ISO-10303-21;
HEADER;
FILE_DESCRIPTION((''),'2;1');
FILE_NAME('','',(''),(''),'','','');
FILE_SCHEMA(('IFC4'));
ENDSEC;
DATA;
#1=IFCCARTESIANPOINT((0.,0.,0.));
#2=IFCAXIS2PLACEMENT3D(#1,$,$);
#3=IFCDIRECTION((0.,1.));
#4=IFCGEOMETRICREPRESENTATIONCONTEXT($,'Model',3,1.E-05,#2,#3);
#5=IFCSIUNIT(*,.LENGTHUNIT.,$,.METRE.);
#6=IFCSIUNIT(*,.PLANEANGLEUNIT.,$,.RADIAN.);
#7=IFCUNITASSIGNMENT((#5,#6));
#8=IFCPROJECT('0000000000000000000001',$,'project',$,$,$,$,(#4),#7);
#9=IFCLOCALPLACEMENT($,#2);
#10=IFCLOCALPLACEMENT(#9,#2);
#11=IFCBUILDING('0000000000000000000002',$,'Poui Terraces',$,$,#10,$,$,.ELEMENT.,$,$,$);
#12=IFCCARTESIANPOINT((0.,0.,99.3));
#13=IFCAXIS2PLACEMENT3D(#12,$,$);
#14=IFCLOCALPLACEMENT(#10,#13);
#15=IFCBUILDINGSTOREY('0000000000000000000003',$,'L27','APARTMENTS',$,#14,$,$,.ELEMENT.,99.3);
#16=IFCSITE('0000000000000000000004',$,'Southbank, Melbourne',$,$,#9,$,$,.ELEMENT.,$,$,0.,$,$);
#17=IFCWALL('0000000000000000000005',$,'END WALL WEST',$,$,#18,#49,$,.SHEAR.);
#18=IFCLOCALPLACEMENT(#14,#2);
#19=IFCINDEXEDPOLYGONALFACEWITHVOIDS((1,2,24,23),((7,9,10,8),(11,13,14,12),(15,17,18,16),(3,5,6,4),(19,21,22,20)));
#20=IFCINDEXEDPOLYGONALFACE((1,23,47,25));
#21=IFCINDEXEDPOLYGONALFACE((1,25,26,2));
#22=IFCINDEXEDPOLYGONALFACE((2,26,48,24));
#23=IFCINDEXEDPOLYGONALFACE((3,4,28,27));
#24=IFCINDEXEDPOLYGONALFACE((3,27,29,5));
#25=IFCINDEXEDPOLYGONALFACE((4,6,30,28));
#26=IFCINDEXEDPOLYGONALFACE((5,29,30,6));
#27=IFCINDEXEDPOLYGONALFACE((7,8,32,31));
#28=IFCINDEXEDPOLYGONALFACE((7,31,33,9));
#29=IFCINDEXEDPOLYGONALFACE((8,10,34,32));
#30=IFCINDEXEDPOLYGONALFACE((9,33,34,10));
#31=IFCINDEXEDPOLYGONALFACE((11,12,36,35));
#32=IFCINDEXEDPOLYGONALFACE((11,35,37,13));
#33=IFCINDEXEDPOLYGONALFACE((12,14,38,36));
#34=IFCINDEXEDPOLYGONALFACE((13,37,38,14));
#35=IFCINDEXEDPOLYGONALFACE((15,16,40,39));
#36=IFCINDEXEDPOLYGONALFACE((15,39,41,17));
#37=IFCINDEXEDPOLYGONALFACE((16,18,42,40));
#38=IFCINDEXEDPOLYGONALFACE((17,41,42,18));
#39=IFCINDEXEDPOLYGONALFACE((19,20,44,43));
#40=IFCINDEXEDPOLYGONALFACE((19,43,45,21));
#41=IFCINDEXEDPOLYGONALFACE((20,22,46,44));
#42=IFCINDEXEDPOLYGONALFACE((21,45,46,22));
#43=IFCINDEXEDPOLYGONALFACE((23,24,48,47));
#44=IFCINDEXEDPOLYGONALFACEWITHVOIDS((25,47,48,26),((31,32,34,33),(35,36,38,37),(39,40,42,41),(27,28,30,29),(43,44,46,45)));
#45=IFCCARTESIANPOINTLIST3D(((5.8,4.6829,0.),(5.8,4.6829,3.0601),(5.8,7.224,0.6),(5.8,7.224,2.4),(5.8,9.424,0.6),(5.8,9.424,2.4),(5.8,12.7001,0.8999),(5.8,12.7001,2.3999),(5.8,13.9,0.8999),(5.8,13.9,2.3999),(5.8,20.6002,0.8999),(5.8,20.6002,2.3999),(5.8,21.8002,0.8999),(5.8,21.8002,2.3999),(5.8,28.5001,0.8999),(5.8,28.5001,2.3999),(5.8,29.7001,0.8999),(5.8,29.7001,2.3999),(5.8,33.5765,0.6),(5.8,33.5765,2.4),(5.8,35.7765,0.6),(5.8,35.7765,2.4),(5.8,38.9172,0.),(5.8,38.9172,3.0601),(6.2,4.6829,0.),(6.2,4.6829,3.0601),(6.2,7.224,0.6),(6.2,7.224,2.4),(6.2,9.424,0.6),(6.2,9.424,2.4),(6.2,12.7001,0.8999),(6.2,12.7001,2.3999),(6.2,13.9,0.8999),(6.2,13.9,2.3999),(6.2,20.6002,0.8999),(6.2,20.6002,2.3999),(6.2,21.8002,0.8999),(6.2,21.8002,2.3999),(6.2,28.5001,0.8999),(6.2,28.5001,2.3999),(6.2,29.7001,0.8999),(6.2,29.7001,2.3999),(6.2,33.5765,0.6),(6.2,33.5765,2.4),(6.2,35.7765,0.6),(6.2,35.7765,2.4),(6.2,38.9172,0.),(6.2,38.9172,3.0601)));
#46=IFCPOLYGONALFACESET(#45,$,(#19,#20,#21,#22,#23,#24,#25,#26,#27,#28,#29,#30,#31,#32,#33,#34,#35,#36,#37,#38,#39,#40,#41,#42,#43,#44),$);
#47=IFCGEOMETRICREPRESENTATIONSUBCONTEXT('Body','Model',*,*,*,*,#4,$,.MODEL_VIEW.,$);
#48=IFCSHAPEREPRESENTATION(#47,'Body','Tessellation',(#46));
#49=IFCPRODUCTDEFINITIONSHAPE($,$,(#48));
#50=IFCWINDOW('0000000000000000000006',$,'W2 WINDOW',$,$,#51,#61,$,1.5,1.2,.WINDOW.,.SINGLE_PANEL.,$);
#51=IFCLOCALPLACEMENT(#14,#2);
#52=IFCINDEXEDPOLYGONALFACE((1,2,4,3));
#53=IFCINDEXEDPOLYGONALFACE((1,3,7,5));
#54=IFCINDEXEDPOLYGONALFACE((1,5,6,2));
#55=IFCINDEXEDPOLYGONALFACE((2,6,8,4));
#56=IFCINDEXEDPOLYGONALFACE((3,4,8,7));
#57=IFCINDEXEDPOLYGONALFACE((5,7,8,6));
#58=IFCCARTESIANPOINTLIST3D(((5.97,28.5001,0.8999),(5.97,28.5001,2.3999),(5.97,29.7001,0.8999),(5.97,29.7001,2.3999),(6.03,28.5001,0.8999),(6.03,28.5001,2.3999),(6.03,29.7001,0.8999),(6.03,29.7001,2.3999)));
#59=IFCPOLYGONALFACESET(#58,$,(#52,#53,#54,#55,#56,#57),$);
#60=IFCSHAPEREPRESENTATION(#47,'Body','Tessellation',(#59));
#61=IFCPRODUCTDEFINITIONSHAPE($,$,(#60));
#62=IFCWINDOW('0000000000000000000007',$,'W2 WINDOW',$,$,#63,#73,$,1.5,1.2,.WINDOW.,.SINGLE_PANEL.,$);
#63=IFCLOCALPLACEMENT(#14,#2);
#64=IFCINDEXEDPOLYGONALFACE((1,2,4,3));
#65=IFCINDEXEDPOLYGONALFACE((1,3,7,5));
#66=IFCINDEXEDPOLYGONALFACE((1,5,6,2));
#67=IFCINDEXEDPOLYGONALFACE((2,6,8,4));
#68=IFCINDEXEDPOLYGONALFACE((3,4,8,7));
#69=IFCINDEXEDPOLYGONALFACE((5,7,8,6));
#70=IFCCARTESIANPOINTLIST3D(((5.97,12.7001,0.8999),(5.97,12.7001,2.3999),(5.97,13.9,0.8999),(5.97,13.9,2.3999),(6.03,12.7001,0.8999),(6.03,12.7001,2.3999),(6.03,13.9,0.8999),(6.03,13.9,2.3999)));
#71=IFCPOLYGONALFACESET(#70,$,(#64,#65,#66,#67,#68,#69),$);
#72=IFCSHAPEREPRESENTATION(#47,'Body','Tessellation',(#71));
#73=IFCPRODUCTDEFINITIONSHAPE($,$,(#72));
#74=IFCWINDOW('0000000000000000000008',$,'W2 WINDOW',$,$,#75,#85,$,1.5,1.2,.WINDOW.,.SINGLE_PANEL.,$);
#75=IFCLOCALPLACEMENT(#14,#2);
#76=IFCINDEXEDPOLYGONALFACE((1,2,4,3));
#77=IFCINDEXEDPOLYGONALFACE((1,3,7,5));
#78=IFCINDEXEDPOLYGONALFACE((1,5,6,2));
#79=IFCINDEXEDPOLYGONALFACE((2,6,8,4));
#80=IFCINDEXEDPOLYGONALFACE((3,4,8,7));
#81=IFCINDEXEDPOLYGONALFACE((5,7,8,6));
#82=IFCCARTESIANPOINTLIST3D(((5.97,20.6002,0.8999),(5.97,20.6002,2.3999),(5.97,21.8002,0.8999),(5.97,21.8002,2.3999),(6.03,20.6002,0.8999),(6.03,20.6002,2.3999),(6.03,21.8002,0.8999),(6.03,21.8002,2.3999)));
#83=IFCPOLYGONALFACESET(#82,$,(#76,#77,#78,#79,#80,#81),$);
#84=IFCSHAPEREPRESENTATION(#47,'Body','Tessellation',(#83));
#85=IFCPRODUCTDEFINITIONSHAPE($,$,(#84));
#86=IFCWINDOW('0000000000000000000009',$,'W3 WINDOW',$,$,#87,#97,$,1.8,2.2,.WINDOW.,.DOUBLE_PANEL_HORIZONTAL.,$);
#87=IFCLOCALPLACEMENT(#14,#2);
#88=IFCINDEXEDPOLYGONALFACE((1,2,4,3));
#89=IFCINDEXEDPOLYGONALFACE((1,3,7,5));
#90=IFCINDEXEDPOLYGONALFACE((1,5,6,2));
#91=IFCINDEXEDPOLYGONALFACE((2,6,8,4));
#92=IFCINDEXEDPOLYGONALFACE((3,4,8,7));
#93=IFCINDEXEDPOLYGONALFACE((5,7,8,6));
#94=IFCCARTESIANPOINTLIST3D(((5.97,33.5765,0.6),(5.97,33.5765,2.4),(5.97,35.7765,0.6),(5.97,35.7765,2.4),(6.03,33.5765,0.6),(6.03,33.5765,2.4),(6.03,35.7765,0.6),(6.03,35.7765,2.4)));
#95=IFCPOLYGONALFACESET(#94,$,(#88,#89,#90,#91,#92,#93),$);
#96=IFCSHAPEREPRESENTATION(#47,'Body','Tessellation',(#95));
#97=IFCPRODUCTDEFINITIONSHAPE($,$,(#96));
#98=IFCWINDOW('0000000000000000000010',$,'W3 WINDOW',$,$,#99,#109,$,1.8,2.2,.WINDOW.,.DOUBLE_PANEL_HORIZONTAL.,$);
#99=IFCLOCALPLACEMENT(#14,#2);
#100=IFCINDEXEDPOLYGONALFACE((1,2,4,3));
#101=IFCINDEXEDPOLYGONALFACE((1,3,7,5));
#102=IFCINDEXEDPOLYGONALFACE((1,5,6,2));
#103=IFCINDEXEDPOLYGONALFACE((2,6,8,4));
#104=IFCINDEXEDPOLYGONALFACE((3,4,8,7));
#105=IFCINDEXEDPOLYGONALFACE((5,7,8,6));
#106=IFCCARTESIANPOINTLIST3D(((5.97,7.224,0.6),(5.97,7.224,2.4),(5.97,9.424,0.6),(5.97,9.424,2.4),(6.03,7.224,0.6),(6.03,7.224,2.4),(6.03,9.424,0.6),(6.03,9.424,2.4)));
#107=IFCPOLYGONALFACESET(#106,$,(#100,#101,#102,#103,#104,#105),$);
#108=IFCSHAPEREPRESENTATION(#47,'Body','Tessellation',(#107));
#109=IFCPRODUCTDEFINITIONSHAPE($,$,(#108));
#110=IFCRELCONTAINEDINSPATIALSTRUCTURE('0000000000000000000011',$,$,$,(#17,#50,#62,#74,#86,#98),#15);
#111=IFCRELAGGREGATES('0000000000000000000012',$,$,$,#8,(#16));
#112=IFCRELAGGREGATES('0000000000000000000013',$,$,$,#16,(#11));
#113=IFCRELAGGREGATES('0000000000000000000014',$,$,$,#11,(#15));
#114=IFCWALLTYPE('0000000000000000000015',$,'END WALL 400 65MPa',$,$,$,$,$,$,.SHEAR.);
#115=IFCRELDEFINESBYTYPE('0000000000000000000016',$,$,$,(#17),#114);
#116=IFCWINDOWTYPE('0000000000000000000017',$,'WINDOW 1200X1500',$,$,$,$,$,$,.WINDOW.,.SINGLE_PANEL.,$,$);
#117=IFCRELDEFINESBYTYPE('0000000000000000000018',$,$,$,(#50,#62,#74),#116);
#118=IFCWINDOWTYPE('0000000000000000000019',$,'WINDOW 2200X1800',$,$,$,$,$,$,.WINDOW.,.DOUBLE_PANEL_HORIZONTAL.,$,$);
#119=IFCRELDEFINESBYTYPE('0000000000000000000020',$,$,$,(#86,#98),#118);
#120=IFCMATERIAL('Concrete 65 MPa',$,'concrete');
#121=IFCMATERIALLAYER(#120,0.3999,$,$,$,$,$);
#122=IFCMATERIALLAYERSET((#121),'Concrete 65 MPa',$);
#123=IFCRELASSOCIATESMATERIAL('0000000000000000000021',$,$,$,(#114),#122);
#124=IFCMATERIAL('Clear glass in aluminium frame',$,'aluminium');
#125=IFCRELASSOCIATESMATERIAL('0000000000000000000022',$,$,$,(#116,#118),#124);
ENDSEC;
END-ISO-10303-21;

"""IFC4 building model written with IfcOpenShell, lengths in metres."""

from ifc_helpers import new_model, si_unit, direction, frame, frame_2d, origin, place, context, subcontext, project, spatial, rectangle, extrude, material, layer, layer_set, type_object, element, fill, save


model = new_model("IFC4")

# Units and contexts
model_context = context("Model", 3, precision=1e-05, world=origin(), true_north=direction((0.0, 1.0)))
body_context = subcontext(model_context, "Body", "Model", "MODEL_VIEW")
ifc_project = project(units=[si_unit("LENGTHUNIT", "METRE"), si_unit("PLANEANGLEUNIT", "RADIAN")], contexts=[model_context])

# Site, building, storey
site_placement = place(None, origin())
site = spatial("IfcSite", under=ifc_project, at=site_placement, Name="Southbank, Melbourne", CompositionType="ELEMENT", RefElevation=0.0)
building_placement = place(site_placement, origin())
building = spatial("IfcBuilding", under=site, at=building_placement, Name="Poui Terraces", CompositionType="ELEMENT")
storey_placement = place(building_placement, frame((0.0, 0.0, 99.3)))
storey = spatial("IfcBuildingStorey", under=building, at=storey_placement, Name="L27", Description="APARTMENTS", CompositionType="ELEMENT", Elevation=99.3)

# Shared definitions
ifc_material_1 = material(Name="Concrete 65 MPa", Category="concrete")

# Wall, openings, windows
ifc_layer_1 = layer(ifc_material_1, 0.3999)
ifc_layer_set_1 = layer_set([ifc_layer_1], Name="Concrete 65 MPa")
wall_type = type_object("IfcWallType", Name="END WALL 400 65MPa", PredefinedType="SHEAR", material=ifc_layer_set_1)
wall_placement = place(storey_placement, frame((6.0, 4.6829, 0.0), z_axis=(0.0, 0.0, 1.0), x_axis=(0.0, 1.0, 0.0)))
wall = element("IfcWall", 1, at=wall_placement, inside=storey, type_object=wall_type, Name="END WALL WEST", PredefinedType="SHEAR", context=body_context, shape_type="SweptSolid", body=[
    extrude(rectangle(XDim=34.2344, YDim=0.3999, at=frame_2d((17.1172, 0.0))), origin(), (0.0, 0.0, 1.0), 3.0601),
])
opening_1_placement = place(wall_placement, frame((23.8171, 0.0, 0.8999)))
opening_1 = element("IfcOpeningElement", 2, at=opening_1_placement, cuts=wall, PredefinedType="OPENING", context=body_context, shape_type="SweptSolid", body=[
    extrude(rectangle(XDim=1.2, YDim=1.5, at=frame_2d((0.6001, 0.75))), frame((0.0, 0.21, 0.0), z_axis=(0.0, -1.0, 0.0), x_axis=(1.0, 0.0, 0.0)), (0.0, 0.0, 1.0), 0.4199),
])
opening_2_placement = place(wall_placement, frame((8.0171, 0.0, 0.8999)))
opening_2 = element("IfcOpeningElement", 3, at=opening_2_placement, cuts=wall, PredefinedType="OPENING", context=body_context, shape_type="SweptSolid", body=[
    extrude(rectangle(XDim=1.2, YDim=1.5, at=frame_2d((0.6001, 0.75))), frame((0.0, 0.21, 0.0), z_axis=(0.0, -1.0, 0.0), x_axis=(1.0, 0.0, 0.0)), (0.0, 0.0, 1.0), 0.4199),
])
opening_3_placement = place(wall_placement, frame((15.9172, 0.0, 0.8999)))
opening_3 = element("IfcOpeningElement", 4, at=opening_3_placement, cuts=wall, PredefinedType="OPENING", context=body_context, shape_type="SweptSolid", body=[
    extrude(rectangle(XDim=1.2, YDim=1.5, at=frame_2d((0.6001, 0.75))), frame((0.0, 0.21, 0.0), z_axis=(0.0, -1.0, 0.0), x_axis=(1.0, 0.0, 0.0)), (0.0, 0.0, 1.0), 0.4199),
])
opening_4_placement = place(wall_placement, frame((28.8936, 0.0, 0.6001)))
opening_4 = element("IfcOpeningElement", 5, at=opening_4_placement, cuts=wall, PredefinedType="OPENING", context=body_context, shape_type="SweptSolid", body=[
    extrude(rectangle(XDim=2.2, YDim=1.8, at=frame_2d((1.1001, 0.8999))), frame((0.0, 0.21, 0.0), z_axis=(0.0, -1.0, 0.0), x_axis=(1.0, 0.0, 0.0)), (0.0, 0.0, 1.0), 0.4199),
])
opening_5_placement = place(wall_placement, frame((2.541, 0.0, 0.6001)))
opening_5 = element("IfcOpeningElement", 6, at=opening_5_placement, cuts=wall, PredefinedType="OPENING", context=body_context, shape_type="SweptSolid", body=[
    extrude(rectangle(XDim=2.2, YDim=1.8, at=frame_2d((1.1001, 0.8999))), frame((0.0, 0.21, 0.0), z_axis=(0.0, -1.0, 0.0), x_axis=(1.0, 0.0, 0.0)), (0.0, 0.0, 1.0), 0.4199),
])
ifc_material_2 = material(Name="Clear glass in aluminium frame", Category="aluminium")
window_type_1 = type_object("IfcWindowType", Name="WINDOW 1200X1500", PartitioningType="SINGLE_PANEL", PredefinedType="WINDOW", material=ifc_material_2)
window_1_placement = place(opening_1_placement, origin())
window_1 = element("IfcWindow", 7, at=window_1_placement, inside=storey, type_object=window_type_1, Name="W2 WINDOW", OverallHeight=1.5, OverallWidth=1.2, PartitioningType="SINGLE_PANEL", PredefinedType="WINDOW", context=body_context, shape_type="SweptSolid", body=[
    extrude(rectangle(XDim=1.2, YDim=1.5, at=frame_2d((0.6001, 0.75))), frame((0.0, 0.03, 0.0), z_axis=(0.0, -1.0, 0.0), x_axis=(1.0, 0.0, 0.0)), (0.0, 0.0, 1.0), 0.0601),
])
fill(opening_1, window_1)
window_2_placement = place(opening_2_placement, origin())
window_2 = element("IfcWindow", 8, at=window_2_placement, inside=storey, type_object=window_type_1, Name="W2 WINDOW", OverallHeight=1.5, OverallWidth=1.2, PartitioningType="SINGLE_PANEL", PredefinedType="WINDOW", context=body_context, shape_type="SweptSolid", body=[
    extrude(rectangle(XDim=1.2, YDim=1.5, at=frame_2d((0.6001, 0.75))), frame((0.0, 0.03, 0.0), z_axis=(0.0, -1.0, 0.0), x_axis=(1.0, 0.0, 0.0)), (0.0, 0.0, 1.0), 0.0601),
])
fill(opening_2, window_2)
window_3_placement = place(opening_3_placement, origin())
window_3 = element("IfcWindow", 9, at=window_3_placement, inside=storey, type_object=window_type_1, Name="W2 WINDOW", OverallHeight=1.5, OverallWidth=1.2, PartitioningType="SINGLE_PANEL", PredefinedType="WINDOW", context=body_context, shape_type="SweptSolid", body=[
    extrude(rectangle(XDim=1.2, YDim=1.5, at=frame_2d((0.6001, 0.75))), frame((0.0, 0.03, 0.0), z_axis=(0.0, -1.0, 0.0), x_axis=(1.0, 0.0, 0.0)), (0.0, 0.0, 1.0), 0.0601),
])
fill(opening_3, window_3)
window_type_2 = type_object("IfcWindowType", Name="WINDOW 2200X1800", PartitioningType="DOUBLE_PANEL_HORIZONTAL", PredefinedType="WINDOW", material=ifc_material_2)
window_4_placement = place(opening_4_placement, origin())
window_4 = element("IfcWindow", 10, at=window_4_placement, inside=storey, type_object=window_type_2, Name="W3 WINDOW", OverallHeight=1.8, OverallWidth=2.2, PartitioningType="DOUBLE_PANEL_HORIZONTAL", PredefinedType="WINDOW", context=body_context, shape_type="SweptSolid", body=[
    extrude(rectangle(XDim=2.2, YDim=1.8, at=frame_2d((1.1001, 0.8999))), frame((0.0, 0.03, 0.0), z_axis=(0.0, -1.0, 0.0), x_axis=(1.0, 0.0, 0.0)), (0.0, 0.0, 1.0), 0.0601),
])
fill(opening_4, window_4)
window_5_placement = place(opening_5_placement, origin())
window_5 = element("IfcWindow", 11, at=window_5_placement, inside=storey, type_object=window_type_2, Name="W3 WINDOW", OverallHeight=1.8, OverallWidth=2.2, PartitioningType="DOUBLE_PANEL_HORIZONTAL", PredefinedType="WINDOW", context=body_context, shape_type="SweptSolid", body=[
    extrude(rectangle(XDim=2.2, YDim=1.8, at=frame_2d((1.1001, 0.8999))), frame((0.0, 0.03, 0.0), z_axis=(0.0, -1.0, 0.0), x_axis=(1.0, 0.0, 0.0)), (0.0, 0.0, 1.0), 0.0601),
])
fill(opening_5, window_5)

save(model, "model.ifc")
